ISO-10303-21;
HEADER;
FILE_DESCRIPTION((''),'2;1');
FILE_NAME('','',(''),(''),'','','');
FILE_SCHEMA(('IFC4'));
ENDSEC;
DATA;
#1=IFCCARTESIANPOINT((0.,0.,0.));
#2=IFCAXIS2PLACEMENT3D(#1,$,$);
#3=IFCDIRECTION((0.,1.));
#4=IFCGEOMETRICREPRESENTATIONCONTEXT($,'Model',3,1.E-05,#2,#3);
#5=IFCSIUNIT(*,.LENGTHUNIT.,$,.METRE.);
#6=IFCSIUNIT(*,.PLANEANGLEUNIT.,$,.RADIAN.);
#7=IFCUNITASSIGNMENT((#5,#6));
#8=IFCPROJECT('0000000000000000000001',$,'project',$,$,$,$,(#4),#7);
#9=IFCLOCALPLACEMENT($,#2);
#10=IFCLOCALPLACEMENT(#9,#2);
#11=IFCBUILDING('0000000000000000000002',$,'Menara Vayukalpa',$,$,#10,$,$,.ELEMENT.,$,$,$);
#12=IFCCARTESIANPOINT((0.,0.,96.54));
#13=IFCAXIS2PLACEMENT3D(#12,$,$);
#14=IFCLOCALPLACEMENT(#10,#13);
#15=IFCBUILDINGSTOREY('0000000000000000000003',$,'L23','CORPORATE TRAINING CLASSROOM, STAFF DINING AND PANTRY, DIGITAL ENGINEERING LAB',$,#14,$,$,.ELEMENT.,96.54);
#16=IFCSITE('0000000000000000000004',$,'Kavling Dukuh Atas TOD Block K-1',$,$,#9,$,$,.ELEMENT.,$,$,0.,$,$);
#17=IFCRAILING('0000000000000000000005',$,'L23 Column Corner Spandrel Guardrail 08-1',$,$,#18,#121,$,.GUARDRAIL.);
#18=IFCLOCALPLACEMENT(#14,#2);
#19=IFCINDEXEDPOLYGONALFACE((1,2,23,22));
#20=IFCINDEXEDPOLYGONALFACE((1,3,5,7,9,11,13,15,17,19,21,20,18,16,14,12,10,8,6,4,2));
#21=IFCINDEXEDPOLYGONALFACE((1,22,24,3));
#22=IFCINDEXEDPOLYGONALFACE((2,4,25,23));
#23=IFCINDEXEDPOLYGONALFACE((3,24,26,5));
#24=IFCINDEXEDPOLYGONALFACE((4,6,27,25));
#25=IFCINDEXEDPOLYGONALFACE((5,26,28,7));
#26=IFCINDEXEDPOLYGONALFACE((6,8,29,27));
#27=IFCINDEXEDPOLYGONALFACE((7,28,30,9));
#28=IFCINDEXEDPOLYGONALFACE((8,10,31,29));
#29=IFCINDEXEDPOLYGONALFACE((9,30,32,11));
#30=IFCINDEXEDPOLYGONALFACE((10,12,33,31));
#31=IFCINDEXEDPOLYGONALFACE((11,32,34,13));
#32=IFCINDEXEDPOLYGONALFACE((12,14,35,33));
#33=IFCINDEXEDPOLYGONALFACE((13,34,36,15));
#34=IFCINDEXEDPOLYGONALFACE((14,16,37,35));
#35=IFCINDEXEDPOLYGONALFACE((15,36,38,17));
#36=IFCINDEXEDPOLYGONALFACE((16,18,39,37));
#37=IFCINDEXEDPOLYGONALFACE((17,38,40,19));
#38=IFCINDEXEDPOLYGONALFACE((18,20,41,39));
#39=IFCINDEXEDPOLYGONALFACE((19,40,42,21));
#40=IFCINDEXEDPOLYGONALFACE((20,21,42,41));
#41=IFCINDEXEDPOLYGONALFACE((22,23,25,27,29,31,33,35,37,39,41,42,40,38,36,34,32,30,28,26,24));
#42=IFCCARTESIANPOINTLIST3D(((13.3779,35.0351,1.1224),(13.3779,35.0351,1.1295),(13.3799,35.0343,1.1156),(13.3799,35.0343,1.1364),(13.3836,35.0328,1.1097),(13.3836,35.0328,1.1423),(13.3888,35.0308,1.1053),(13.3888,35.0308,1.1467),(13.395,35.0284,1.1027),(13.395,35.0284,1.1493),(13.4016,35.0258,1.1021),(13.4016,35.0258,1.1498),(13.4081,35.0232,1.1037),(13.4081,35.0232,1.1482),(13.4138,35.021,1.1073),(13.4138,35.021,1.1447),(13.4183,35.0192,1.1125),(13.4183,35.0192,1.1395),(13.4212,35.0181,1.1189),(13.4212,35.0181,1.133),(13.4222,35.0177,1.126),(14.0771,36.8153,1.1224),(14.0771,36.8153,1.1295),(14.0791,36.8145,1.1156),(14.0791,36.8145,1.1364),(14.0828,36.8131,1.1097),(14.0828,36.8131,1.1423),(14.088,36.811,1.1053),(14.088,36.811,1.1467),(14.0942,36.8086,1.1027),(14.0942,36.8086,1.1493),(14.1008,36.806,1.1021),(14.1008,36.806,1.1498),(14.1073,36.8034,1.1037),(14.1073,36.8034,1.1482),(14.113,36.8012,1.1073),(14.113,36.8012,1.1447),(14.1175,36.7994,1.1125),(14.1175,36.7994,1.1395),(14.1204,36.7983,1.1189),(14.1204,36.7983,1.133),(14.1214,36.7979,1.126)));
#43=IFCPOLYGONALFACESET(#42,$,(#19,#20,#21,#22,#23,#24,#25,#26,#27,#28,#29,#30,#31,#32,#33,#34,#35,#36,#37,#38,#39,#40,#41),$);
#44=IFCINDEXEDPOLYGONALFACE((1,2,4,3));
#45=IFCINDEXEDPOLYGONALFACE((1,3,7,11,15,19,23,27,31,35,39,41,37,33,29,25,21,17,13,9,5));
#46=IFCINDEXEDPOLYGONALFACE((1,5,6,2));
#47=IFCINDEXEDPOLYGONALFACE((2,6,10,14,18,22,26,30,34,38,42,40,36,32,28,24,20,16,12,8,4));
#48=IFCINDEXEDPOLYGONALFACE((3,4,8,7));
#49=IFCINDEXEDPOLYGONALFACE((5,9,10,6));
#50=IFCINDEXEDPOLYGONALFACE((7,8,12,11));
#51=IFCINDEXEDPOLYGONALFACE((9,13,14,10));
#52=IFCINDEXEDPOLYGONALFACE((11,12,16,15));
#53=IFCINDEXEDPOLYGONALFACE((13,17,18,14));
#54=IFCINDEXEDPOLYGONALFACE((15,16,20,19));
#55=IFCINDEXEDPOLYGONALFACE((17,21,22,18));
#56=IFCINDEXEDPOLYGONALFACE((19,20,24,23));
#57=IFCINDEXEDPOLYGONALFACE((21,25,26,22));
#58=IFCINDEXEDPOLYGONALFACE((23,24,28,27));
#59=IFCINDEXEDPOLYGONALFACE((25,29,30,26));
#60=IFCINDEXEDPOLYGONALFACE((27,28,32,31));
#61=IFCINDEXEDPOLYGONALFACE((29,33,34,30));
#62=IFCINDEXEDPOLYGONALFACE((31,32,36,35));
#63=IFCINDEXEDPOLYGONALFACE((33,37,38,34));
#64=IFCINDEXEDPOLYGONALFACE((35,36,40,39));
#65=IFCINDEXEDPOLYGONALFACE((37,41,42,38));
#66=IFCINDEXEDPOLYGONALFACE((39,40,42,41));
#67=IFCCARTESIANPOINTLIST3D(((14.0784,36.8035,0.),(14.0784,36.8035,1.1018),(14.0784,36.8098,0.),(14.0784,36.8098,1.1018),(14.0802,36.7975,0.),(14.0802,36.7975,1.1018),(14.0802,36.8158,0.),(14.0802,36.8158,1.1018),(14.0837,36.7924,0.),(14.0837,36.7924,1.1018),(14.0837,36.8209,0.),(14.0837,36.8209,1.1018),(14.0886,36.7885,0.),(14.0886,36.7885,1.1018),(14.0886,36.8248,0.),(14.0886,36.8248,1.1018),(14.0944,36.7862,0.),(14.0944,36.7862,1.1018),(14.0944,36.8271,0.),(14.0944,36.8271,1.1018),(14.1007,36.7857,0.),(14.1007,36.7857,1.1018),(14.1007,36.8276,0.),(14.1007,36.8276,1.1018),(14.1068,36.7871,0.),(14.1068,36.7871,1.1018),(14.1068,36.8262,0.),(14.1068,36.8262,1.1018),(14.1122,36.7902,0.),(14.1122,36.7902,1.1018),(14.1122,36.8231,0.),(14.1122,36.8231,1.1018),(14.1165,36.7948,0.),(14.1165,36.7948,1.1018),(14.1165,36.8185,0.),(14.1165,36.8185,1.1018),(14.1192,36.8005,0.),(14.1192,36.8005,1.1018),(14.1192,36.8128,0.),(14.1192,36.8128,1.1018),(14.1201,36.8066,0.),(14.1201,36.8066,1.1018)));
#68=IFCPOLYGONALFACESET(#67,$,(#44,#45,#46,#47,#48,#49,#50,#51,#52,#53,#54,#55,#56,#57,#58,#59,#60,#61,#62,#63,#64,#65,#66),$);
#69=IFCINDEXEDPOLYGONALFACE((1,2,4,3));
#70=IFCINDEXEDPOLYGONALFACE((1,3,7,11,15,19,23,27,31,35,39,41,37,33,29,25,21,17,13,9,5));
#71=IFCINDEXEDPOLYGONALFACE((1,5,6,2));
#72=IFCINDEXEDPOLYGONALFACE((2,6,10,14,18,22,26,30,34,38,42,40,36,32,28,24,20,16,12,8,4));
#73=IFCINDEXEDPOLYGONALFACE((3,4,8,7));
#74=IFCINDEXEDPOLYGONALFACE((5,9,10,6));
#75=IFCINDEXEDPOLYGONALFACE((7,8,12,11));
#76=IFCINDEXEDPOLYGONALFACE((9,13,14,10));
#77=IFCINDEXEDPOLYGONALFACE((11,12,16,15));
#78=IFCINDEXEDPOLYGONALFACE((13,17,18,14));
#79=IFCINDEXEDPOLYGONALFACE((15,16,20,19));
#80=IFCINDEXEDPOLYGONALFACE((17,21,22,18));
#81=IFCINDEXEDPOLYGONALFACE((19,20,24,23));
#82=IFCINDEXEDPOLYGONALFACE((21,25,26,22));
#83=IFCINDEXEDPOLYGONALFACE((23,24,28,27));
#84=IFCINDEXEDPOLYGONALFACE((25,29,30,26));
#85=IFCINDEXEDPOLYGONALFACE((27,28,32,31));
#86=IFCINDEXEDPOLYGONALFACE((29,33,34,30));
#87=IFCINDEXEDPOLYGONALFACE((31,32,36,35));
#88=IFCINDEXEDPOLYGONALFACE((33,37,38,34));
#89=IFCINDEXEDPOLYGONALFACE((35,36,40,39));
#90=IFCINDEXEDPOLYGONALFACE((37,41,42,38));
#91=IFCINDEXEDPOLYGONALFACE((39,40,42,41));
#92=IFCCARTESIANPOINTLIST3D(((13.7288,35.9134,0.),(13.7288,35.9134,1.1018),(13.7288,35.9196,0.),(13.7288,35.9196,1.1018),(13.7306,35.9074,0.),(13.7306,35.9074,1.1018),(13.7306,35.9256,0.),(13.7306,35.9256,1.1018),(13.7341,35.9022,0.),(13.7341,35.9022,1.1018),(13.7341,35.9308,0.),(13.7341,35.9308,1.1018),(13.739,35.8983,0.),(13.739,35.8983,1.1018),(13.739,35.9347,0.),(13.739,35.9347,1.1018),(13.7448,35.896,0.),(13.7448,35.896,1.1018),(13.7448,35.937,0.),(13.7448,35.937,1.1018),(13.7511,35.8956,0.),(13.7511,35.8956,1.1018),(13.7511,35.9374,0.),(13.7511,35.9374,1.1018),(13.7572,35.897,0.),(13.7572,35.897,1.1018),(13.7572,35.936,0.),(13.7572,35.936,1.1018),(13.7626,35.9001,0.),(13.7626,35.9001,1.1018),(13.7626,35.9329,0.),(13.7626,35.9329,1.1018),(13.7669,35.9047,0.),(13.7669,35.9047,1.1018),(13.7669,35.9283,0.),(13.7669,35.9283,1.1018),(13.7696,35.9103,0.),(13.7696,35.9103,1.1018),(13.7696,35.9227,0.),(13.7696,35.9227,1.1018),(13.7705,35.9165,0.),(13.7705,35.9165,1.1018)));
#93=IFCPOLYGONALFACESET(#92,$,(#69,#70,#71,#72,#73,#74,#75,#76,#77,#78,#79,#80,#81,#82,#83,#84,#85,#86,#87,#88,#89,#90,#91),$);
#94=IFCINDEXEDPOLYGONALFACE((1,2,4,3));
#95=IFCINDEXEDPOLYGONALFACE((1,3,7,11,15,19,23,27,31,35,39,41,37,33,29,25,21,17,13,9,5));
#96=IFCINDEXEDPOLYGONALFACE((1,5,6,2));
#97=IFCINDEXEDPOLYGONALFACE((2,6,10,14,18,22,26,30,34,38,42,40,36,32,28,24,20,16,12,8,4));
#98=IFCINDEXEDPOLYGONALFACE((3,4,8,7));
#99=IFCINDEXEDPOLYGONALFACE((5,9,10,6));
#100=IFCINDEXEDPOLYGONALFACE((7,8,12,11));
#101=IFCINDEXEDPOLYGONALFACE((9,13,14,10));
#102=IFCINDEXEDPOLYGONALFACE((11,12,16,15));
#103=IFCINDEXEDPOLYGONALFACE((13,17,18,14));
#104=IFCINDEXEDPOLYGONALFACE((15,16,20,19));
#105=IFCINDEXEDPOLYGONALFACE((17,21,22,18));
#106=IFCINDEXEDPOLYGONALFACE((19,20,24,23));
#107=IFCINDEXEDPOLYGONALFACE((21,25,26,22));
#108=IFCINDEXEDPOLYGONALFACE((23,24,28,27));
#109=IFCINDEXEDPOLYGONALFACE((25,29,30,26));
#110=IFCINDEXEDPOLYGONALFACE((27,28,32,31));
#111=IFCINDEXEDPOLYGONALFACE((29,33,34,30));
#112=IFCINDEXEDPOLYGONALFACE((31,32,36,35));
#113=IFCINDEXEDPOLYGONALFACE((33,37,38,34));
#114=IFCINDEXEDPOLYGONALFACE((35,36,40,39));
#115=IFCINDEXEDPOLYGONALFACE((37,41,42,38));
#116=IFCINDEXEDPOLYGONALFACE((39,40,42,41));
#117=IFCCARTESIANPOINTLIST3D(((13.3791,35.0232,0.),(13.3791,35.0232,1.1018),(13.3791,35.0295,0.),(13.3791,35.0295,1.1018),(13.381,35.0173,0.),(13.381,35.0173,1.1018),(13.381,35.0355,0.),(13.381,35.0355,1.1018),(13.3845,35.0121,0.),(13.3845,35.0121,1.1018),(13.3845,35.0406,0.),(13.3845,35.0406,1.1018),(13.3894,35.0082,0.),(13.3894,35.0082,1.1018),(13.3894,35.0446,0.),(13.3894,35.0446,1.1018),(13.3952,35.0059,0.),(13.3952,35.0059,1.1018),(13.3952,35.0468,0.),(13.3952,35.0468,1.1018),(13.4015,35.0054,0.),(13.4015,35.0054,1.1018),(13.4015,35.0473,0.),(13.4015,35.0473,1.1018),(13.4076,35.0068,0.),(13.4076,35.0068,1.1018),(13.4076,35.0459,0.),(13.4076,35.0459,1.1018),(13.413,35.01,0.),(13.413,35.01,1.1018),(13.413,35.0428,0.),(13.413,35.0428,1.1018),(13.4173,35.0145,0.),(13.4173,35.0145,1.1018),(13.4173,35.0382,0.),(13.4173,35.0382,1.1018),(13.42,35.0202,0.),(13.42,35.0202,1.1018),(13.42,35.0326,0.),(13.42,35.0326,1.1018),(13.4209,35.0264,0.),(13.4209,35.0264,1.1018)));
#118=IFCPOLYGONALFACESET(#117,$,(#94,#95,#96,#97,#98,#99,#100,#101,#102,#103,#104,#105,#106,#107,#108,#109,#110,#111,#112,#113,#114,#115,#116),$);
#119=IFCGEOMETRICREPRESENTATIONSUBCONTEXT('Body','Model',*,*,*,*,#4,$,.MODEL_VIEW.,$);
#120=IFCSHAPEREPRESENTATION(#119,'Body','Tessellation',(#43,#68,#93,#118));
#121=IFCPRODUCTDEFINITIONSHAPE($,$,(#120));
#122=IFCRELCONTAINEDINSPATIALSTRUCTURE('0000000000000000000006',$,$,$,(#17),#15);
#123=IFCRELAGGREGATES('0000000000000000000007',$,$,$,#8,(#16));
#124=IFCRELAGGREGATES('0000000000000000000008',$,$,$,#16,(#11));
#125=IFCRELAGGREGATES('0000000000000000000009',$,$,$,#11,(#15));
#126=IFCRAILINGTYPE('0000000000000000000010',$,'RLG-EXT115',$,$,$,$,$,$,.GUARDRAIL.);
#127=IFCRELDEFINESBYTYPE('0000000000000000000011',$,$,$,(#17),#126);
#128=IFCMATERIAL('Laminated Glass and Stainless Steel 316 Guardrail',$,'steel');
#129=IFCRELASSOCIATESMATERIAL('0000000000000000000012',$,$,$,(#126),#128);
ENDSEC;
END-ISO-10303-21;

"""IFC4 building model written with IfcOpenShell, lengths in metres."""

from ifc_helpers import new_model, si_unit, direction, frame, origin, origin_2d, place, context, subcontext, project, spatial, circle, extrude, material, type_object, element, save


model = new_model("IFC4")

# Units and contexts
model_context = context("Model", 3, precision=1e-05, world=origin(), true_north=direction((0.0, 1.0)))
body_context = subcontext(model_context, "Body", "Model", "MODEL_VIEW")
ifc_project = project(units=[si_unit("LENGTHUNIT", "METRE"), si_unit("PLANEANGLEUNIT", "RADIAN")], contexts=[model_context])

# Site, building, storey
site_placement = place(None, origin())
site = spatial("IfcSite", under=ifc_project, at=site_placement, Name="Kavling Dukuh Atas TOD Block K-1", CompositionType="ELEMENT", RefElevation=0.0)
building_placement = place(site_placement, origin())
building = spatial("IfcBuilding", under=site, at=building_placement, Name="Menara Vayukalpa", CompositionType="ELEMENT")
storey_placement = place(building_placement, frame((0.0, 0.0, 96.54)))
storey = spatial("IfcBuildingStorey", under=building, at=storey_placement, Name="L23", Description="CORPORATE TRAINING CLASSROOM, STAFF DINING AND PANTRY, DIGITAL ENGINEERING LAB", CompositionType="ELEMENT", Elevation=96.54)

# Railing
ifc_material_1 = material(Name="Laminated Glass and Stainless Steel 316 Guardrail", Category="steel")
railing_type = type_object("IfcRailingType", Name="RLG-EXT115", PredefinedType="GUARDRAIL", material=ifc_material_1)
railing_1_placement = place(storey_placement, frame((14.0991, 36.8066, 0.0)))
element("IfcRailing", 1, at=railing_1_placement, inside=storey, type_object=railing_type, Name="L23 Column Corner Spandrel Guardrail 08-1", PredefinedType="GUARDRAIL", context=body_context, shape_type="SweptSolid", body=[
    extrude(circle(Radius=0.0239, at=origin_2d()), frame((0.0, 0.0, 1.126), z_axis=(-0.365573, -0.930783, 0.0), x_axis=(0.930783, -0.365573, 0.0)), (0.0, 0.0, 1.0), 1.9126),
    extrude(circle(Radius=0.021, at=origin_2d()), origin(), (0.0, 0.0, 1.0), 1.1018),
    extrude(circle(Radius=0.021, at=origin_2d()), frame((-0.3496, -0.8901, 0.0)), (0.0, 0.0, 1.0), 1.1018),
    extrude(circle(Radius=0.021, at=origin_2d()), frame((-0.6992, -1.7803, 0.0)), (0.0, 0.0, 1.0), 1.1018),
])

save(model, "model.ifc")
